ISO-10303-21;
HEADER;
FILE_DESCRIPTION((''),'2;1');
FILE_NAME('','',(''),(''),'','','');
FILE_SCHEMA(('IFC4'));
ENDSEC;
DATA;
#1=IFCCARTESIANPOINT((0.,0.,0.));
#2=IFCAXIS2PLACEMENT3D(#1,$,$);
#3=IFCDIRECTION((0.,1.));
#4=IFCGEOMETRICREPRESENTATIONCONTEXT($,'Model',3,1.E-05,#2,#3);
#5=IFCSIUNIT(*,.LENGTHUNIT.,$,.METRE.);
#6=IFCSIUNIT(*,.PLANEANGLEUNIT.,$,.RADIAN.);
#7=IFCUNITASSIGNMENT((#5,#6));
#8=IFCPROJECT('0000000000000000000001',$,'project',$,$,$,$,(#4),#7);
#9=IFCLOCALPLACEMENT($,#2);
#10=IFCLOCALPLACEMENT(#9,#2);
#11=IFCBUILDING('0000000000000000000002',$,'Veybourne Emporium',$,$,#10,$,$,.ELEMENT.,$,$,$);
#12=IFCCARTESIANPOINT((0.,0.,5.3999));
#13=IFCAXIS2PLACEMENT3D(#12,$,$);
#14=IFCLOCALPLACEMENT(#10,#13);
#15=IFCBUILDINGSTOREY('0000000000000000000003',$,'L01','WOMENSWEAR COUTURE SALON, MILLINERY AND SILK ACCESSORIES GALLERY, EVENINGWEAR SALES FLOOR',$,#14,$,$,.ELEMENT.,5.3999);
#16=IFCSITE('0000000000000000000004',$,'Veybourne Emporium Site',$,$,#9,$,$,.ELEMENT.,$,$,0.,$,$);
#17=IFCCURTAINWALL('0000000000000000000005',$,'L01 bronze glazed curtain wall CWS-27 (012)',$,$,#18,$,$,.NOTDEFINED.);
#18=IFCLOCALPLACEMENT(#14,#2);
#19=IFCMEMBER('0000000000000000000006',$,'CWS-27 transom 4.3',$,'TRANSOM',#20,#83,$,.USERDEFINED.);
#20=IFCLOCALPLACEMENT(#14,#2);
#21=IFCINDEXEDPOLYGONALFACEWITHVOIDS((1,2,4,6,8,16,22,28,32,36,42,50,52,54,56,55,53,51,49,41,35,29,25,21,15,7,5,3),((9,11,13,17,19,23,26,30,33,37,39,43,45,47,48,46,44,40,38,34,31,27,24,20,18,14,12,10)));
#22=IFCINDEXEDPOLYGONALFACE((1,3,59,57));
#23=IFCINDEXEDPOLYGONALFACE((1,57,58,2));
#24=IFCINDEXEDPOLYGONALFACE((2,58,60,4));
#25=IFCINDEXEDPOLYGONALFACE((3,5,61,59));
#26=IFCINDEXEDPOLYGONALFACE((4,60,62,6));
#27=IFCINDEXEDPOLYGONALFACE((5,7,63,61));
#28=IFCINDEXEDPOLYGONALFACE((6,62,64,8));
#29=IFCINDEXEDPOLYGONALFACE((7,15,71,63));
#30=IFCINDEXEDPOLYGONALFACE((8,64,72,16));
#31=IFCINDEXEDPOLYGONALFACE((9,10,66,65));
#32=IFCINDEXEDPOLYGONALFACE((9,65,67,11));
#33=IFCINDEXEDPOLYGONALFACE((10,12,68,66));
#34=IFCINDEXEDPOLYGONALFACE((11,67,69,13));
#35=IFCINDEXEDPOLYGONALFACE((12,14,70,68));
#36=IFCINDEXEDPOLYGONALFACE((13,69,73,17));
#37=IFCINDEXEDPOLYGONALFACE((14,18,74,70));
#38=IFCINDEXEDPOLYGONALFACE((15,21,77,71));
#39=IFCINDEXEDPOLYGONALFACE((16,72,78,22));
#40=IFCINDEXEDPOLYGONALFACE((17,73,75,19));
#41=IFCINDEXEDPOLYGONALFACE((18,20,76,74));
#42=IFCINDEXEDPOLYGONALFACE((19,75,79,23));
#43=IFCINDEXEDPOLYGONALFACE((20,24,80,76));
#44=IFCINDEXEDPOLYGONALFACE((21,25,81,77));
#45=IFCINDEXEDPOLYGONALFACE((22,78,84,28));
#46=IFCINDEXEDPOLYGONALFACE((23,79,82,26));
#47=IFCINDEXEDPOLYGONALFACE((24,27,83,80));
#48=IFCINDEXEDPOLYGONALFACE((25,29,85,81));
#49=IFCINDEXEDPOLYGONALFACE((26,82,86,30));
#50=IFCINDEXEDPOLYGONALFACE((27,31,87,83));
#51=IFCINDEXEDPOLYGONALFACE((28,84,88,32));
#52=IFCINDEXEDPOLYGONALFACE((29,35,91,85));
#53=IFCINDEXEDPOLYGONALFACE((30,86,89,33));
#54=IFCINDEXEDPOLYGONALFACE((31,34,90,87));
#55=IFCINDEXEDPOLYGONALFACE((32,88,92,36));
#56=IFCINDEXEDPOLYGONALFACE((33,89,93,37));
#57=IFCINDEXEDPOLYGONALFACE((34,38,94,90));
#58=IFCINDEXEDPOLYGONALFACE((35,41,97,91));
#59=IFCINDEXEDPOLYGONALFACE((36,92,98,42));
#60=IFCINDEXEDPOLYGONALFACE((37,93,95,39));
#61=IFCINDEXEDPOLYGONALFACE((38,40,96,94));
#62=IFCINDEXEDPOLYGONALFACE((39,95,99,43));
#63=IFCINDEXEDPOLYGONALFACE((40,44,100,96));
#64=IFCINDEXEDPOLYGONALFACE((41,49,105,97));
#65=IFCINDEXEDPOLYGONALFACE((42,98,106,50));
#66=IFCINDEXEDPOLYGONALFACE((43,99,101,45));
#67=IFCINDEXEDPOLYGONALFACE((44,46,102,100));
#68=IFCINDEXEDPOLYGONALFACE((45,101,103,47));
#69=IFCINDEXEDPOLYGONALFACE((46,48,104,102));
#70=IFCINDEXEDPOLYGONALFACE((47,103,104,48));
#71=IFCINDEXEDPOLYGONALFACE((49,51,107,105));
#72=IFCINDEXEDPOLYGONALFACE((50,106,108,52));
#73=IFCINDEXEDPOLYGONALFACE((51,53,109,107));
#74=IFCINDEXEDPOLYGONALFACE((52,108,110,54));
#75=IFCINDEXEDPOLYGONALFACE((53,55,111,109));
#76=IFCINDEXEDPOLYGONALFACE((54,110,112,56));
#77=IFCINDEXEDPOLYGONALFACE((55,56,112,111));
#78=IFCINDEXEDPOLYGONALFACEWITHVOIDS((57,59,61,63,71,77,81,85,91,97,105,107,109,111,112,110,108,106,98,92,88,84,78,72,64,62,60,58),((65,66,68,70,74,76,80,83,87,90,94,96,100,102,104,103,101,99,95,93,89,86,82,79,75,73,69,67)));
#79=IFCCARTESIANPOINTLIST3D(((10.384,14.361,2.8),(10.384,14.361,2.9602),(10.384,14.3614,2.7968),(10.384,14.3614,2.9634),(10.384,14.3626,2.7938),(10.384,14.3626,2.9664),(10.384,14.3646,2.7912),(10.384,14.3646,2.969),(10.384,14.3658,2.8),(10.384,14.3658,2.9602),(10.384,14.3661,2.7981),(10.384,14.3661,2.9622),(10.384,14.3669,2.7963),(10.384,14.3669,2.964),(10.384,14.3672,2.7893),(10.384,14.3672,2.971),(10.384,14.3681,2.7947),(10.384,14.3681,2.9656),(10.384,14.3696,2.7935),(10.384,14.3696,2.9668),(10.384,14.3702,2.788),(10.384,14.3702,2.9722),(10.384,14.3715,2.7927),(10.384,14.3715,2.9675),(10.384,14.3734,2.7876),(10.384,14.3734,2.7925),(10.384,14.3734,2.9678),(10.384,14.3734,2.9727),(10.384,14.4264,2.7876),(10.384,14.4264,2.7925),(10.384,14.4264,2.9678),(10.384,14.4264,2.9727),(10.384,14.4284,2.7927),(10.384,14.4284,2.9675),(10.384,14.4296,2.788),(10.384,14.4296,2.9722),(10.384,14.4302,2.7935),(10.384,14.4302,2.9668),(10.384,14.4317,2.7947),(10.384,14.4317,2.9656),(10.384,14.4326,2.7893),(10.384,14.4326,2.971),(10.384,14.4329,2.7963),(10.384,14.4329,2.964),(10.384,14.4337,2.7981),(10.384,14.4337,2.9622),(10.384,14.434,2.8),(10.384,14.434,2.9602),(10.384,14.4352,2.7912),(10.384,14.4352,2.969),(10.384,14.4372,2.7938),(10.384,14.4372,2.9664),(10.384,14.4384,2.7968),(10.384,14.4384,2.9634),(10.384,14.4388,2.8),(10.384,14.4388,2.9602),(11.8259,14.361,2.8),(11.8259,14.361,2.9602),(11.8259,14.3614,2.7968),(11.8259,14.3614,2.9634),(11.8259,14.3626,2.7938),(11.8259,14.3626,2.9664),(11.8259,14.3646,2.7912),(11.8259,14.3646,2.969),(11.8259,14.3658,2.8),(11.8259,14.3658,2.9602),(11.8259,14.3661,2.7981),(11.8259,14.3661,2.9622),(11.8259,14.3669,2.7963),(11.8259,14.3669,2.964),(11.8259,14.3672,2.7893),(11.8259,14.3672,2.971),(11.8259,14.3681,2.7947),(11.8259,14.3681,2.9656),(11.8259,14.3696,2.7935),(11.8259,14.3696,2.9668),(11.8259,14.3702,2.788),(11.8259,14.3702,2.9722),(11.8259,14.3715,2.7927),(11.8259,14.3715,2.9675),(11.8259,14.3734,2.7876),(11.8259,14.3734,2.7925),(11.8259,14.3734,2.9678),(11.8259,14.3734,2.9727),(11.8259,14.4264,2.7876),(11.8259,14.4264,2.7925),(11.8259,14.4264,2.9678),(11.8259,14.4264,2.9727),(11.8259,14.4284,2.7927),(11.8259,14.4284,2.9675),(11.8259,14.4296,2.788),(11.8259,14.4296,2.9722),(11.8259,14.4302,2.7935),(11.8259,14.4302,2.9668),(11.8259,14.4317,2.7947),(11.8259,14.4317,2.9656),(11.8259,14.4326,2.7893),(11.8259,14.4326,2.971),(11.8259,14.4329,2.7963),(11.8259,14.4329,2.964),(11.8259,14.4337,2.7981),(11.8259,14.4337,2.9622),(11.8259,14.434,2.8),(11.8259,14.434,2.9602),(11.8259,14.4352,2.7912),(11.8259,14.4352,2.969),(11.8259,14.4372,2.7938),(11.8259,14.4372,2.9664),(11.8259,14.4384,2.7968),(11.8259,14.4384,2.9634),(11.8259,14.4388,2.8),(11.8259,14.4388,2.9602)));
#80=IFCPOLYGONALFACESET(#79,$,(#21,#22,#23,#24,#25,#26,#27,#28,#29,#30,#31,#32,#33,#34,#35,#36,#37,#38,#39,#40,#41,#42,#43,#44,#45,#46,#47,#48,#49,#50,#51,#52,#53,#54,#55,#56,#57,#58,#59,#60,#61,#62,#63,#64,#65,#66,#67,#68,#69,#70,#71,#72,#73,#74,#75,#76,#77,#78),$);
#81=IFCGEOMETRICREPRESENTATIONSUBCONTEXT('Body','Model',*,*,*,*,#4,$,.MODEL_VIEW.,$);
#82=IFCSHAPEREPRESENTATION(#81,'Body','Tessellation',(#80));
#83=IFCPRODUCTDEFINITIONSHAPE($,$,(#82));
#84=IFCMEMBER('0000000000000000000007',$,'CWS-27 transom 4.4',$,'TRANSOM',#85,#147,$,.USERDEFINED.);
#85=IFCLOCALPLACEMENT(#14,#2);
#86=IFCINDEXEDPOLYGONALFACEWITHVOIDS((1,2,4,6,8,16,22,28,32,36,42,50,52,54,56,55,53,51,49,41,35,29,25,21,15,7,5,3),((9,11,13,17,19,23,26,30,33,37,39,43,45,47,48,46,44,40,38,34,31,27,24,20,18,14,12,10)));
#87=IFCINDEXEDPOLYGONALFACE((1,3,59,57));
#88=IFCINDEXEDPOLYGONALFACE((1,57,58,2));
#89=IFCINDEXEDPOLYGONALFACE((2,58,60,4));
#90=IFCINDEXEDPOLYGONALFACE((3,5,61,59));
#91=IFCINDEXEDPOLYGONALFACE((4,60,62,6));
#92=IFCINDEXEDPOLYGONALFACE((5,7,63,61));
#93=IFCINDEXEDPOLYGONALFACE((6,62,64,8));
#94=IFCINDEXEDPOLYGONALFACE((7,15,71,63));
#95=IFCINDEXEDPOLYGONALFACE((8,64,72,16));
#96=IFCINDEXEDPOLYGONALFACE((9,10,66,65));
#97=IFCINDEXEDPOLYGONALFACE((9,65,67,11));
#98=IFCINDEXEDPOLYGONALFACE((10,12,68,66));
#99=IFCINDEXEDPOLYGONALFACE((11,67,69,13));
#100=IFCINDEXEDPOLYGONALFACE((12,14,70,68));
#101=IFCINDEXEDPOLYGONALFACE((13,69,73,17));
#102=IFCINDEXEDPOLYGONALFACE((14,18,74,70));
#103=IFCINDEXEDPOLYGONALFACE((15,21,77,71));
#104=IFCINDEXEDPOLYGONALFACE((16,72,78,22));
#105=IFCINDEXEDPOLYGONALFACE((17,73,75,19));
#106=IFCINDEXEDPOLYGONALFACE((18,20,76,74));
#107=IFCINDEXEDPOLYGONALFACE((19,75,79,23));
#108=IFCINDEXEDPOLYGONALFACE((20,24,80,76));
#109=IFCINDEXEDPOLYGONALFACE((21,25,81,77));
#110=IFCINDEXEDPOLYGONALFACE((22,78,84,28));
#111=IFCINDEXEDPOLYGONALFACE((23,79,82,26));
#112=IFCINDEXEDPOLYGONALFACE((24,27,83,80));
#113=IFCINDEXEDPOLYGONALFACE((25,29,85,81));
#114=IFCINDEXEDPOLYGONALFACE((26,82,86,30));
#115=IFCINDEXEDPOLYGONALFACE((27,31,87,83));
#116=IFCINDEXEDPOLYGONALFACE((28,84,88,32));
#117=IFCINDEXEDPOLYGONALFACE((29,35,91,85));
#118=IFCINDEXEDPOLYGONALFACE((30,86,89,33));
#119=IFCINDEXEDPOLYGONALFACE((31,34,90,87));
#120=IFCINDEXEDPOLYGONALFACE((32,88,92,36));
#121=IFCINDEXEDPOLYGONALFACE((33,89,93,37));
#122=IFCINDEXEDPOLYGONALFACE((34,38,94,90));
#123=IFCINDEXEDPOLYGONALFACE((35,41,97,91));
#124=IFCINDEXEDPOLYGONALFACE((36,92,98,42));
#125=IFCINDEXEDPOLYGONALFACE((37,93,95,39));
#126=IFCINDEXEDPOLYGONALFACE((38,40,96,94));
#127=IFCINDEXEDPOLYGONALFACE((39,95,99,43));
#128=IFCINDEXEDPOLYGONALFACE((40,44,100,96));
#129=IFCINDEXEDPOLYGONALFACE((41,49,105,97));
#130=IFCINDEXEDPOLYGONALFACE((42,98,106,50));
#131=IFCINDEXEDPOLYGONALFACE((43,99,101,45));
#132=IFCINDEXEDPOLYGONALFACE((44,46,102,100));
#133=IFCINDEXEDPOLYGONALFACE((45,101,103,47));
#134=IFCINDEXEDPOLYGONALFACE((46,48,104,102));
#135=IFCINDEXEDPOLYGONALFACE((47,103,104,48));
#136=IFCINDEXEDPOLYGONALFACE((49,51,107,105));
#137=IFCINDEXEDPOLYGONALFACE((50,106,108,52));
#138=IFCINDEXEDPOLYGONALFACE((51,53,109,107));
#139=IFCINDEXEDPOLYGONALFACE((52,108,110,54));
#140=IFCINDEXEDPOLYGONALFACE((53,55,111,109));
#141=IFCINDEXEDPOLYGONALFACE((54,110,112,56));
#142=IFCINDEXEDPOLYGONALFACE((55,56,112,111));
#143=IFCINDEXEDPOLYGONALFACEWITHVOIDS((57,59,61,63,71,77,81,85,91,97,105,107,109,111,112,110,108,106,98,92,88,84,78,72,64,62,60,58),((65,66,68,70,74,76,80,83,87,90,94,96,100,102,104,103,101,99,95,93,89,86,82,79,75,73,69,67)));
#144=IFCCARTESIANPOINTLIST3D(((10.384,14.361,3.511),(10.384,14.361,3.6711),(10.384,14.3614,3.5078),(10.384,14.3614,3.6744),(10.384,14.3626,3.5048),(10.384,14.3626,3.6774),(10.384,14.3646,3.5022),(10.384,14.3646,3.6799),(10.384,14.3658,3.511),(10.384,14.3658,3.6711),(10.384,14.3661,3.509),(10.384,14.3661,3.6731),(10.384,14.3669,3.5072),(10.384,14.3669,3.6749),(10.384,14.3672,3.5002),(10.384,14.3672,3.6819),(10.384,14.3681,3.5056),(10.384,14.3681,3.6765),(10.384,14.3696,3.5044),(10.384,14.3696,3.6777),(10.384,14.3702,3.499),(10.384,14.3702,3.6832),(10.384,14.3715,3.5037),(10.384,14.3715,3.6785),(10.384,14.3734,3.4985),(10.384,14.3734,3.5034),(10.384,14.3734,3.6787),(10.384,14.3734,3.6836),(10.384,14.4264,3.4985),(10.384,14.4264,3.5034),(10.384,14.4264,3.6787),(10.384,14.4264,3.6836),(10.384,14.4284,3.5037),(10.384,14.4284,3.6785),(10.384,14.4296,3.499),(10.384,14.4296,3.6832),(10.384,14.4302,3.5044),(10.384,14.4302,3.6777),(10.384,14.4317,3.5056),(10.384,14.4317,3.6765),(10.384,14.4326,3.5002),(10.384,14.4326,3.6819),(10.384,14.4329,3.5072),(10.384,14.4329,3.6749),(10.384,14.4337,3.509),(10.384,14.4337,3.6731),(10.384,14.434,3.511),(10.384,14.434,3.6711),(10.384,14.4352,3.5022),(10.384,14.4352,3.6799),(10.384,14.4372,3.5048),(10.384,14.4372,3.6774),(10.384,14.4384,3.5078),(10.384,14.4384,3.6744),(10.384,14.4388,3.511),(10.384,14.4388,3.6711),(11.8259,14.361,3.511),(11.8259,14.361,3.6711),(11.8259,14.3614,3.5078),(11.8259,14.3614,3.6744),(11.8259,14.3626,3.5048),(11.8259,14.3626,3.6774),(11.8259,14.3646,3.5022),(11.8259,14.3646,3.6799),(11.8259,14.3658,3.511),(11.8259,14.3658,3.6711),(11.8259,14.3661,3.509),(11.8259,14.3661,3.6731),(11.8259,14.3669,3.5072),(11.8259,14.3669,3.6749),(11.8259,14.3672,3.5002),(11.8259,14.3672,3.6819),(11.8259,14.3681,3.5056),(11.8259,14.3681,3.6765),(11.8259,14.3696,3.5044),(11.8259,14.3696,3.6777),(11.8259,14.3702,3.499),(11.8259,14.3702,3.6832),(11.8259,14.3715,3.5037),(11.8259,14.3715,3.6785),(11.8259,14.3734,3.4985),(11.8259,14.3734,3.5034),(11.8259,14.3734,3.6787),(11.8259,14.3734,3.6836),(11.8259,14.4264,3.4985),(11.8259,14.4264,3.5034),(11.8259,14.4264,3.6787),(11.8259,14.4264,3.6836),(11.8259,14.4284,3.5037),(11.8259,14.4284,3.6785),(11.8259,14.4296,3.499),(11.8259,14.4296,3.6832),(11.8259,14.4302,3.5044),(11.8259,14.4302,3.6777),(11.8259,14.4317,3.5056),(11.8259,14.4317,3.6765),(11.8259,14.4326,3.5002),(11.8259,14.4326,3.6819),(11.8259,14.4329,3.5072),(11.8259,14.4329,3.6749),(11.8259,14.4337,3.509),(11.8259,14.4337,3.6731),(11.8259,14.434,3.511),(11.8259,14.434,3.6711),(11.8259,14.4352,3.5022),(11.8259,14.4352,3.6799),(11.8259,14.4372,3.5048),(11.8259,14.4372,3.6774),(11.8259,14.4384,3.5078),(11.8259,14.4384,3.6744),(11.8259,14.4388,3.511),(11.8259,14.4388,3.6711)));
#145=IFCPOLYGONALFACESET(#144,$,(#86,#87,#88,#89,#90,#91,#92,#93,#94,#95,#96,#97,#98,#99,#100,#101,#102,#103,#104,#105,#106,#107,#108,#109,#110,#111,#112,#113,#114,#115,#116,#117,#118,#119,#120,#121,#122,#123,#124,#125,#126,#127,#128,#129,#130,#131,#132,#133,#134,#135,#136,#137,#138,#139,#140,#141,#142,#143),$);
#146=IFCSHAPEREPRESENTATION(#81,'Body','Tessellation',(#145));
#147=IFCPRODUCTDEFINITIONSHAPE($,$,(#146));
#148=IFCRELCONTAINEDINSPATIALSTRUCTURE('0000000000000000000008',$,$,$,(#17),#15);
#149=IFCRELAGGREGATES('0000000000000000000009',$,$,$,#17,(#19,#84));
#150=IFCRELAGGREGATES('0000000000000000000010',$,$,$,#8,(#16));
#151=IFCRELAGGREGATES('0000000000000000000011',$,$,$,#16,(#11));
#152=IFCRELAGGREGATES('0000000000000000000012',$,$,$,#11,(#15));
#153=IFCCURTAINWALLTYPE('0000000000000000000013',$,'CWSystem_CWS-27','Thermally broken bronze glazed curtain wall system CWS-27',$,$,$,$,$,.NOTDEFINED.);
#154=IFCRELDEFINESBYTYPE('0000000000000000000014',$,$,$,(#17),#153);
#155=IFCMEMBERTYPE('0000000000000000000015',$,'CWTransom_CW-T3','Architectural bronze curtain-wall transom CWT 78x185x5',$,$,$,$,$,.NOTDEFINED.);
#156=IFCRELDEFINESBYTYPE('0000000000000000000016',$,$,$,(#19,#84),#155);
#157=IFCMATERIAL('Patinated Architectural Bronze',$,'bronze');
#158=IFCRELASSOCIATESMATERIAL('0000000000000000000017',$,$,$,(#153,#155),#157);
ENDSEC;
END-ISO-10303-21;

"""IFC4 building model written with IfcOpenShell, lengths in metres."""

from ifc_helpers import new_model, si_unit, direction, frame, origin, origin_2d, place, context, subcontext, project, spatial, hollow_rectangle, extrude, material, material_profile, profile_set, type_object, element, aggregate, save


model = new_model("IFC4")

# Units and contexts
model_context = context("Model", 3, precision=1e-05, world=origin(), true_north=direction((0.0, 1.0)))
body_context = subcontext(model_context, "Body", "Model", "MODEL_VIEW")
ifc_project = project(units=[si_unit("LENGTHUNIT", "METRE"), si_unit("PLANEANGLEUNIT", "RADIAN")], contexts=[model_context])

# Site, building, storey
site_placement = place(None, origin())
site = spatial("IfcSite", under=ifc_project, at=site_placement, Name="Veybourne Emporium Site", CompositionType="ELEMENT", RefElevation=0.0)
building_placement = place(site_placement, origin())
building = spatial("IfcBuilding", under=site, at=building_placement, Name="Veybourne Emporium", CompositionType="ELEMENT")
storey_placement = place(building_placement, frame((0.0, 0.0, 5.3999)))
storey = spatial("IfcBuildingStorey", under=building, at=storey_placement, Name="L01", Description="WOMENSWEAR COUTURE SALON, MILLINERY AND SILK ACCESSORIES GALLERY, EVENINGWEAR SALES FLOOR", CompositionType="ELEMENT", Elevation=5.3999)

# Curtain wall, members
ifc_material_1 = material(Name="Patinated Architectural Bronze", Category="bronze")
curtain_wall_type = type_object("IfcCurtainWallType", Name="CWSystem_CWS-27", Description="Thermally broken bronze glazed curtain wall system CWS-27", PredefinedType="NOTDEFINED", material=ifc_material_1)
curtain_wall_placement = place(storey_placement, origin())
curtain_wall = element("IfcCurtainWall", 1, at=curtain_wall_placement, inside=storey, type_object=curtain_wall_type, Name="L01 bronze glazed curtain wall CWS-27 (012)", PredefinedType="NOTDEFINED")
ifc_material_profile_1 = material_profile(ifc_material_1, hollow_rectangle(XDim=0.0779, YDim=0.1851, WallThickness=0.0049, InnerFilletRadius=0.0076, OuterFilletRadius=0.0125, at=origin_2d()), Name="CWT 78x185x5")
ifc_profile_set_1 = profile_set([ifc_material_profile_1], Name="Patinated Architectural Bronze")
member_type_1 = type_object("IfcMemberType", Name="CWTransom_CW-T3", Description="Architectural bronze curtain-wall transom CWT 78x185x5", PredefinedType="NOTDEFINED", material=ifc_profile_set_1)
member_1_placement = place(storey_placement, frame((11.8259, 14.3999, 2.8801), z_axis=(-1.0, 0.0, 0.0), x_axis=(0.0, -1.0, 0.0)))
member_1 = element("IfcMember", 2, at=member_1_placement, type_object=member_type_1, Name="CWS-27 transom 4.3", ObjectType="TRANSOM", PredefinedType="USERDEFINED", context=body_context, shape_type="SweptSolid", body=[
    extrude(hollow_rectangle(XDim=0.0779, YDim=0.1851, WallThickness=0.0049, InnerFilletRadius=0.0076, OuterFilletRadius=0.0125, at=origin_2d()), origin(), (0.0, 0.0, 1.0), 1.4419),
])
member_2_placement = place(storey_placement, frame((11.8259, 14.3999, 3.5911), z_axis=(-1.0, 0.0, 0.0), x_axis=(0.0, -1.0, 0.0)))
member_2 = element("IfcMember", 3, at=member_2_placement, type_object=member_type_1, Name="CWS-27 transom 4.4", ObjectType="TRANSOM", PredefinedType="USERDEFINED", context=body_context, shape_type="SweptSolid", body=[
    extrude(hollow_rectangle(XDim=0.0779, YDim=0.1851, WallThickness=0.0049, InnerFilletRadius=0.0076, OuterFilletRadius=0.0125, at=origin_2d()), origin(), (0.0, 0.0, 1.0), 1.4419),
])
aggregate(curtain_wall, [member_1, member_2])

save(model, "model.ifc")
